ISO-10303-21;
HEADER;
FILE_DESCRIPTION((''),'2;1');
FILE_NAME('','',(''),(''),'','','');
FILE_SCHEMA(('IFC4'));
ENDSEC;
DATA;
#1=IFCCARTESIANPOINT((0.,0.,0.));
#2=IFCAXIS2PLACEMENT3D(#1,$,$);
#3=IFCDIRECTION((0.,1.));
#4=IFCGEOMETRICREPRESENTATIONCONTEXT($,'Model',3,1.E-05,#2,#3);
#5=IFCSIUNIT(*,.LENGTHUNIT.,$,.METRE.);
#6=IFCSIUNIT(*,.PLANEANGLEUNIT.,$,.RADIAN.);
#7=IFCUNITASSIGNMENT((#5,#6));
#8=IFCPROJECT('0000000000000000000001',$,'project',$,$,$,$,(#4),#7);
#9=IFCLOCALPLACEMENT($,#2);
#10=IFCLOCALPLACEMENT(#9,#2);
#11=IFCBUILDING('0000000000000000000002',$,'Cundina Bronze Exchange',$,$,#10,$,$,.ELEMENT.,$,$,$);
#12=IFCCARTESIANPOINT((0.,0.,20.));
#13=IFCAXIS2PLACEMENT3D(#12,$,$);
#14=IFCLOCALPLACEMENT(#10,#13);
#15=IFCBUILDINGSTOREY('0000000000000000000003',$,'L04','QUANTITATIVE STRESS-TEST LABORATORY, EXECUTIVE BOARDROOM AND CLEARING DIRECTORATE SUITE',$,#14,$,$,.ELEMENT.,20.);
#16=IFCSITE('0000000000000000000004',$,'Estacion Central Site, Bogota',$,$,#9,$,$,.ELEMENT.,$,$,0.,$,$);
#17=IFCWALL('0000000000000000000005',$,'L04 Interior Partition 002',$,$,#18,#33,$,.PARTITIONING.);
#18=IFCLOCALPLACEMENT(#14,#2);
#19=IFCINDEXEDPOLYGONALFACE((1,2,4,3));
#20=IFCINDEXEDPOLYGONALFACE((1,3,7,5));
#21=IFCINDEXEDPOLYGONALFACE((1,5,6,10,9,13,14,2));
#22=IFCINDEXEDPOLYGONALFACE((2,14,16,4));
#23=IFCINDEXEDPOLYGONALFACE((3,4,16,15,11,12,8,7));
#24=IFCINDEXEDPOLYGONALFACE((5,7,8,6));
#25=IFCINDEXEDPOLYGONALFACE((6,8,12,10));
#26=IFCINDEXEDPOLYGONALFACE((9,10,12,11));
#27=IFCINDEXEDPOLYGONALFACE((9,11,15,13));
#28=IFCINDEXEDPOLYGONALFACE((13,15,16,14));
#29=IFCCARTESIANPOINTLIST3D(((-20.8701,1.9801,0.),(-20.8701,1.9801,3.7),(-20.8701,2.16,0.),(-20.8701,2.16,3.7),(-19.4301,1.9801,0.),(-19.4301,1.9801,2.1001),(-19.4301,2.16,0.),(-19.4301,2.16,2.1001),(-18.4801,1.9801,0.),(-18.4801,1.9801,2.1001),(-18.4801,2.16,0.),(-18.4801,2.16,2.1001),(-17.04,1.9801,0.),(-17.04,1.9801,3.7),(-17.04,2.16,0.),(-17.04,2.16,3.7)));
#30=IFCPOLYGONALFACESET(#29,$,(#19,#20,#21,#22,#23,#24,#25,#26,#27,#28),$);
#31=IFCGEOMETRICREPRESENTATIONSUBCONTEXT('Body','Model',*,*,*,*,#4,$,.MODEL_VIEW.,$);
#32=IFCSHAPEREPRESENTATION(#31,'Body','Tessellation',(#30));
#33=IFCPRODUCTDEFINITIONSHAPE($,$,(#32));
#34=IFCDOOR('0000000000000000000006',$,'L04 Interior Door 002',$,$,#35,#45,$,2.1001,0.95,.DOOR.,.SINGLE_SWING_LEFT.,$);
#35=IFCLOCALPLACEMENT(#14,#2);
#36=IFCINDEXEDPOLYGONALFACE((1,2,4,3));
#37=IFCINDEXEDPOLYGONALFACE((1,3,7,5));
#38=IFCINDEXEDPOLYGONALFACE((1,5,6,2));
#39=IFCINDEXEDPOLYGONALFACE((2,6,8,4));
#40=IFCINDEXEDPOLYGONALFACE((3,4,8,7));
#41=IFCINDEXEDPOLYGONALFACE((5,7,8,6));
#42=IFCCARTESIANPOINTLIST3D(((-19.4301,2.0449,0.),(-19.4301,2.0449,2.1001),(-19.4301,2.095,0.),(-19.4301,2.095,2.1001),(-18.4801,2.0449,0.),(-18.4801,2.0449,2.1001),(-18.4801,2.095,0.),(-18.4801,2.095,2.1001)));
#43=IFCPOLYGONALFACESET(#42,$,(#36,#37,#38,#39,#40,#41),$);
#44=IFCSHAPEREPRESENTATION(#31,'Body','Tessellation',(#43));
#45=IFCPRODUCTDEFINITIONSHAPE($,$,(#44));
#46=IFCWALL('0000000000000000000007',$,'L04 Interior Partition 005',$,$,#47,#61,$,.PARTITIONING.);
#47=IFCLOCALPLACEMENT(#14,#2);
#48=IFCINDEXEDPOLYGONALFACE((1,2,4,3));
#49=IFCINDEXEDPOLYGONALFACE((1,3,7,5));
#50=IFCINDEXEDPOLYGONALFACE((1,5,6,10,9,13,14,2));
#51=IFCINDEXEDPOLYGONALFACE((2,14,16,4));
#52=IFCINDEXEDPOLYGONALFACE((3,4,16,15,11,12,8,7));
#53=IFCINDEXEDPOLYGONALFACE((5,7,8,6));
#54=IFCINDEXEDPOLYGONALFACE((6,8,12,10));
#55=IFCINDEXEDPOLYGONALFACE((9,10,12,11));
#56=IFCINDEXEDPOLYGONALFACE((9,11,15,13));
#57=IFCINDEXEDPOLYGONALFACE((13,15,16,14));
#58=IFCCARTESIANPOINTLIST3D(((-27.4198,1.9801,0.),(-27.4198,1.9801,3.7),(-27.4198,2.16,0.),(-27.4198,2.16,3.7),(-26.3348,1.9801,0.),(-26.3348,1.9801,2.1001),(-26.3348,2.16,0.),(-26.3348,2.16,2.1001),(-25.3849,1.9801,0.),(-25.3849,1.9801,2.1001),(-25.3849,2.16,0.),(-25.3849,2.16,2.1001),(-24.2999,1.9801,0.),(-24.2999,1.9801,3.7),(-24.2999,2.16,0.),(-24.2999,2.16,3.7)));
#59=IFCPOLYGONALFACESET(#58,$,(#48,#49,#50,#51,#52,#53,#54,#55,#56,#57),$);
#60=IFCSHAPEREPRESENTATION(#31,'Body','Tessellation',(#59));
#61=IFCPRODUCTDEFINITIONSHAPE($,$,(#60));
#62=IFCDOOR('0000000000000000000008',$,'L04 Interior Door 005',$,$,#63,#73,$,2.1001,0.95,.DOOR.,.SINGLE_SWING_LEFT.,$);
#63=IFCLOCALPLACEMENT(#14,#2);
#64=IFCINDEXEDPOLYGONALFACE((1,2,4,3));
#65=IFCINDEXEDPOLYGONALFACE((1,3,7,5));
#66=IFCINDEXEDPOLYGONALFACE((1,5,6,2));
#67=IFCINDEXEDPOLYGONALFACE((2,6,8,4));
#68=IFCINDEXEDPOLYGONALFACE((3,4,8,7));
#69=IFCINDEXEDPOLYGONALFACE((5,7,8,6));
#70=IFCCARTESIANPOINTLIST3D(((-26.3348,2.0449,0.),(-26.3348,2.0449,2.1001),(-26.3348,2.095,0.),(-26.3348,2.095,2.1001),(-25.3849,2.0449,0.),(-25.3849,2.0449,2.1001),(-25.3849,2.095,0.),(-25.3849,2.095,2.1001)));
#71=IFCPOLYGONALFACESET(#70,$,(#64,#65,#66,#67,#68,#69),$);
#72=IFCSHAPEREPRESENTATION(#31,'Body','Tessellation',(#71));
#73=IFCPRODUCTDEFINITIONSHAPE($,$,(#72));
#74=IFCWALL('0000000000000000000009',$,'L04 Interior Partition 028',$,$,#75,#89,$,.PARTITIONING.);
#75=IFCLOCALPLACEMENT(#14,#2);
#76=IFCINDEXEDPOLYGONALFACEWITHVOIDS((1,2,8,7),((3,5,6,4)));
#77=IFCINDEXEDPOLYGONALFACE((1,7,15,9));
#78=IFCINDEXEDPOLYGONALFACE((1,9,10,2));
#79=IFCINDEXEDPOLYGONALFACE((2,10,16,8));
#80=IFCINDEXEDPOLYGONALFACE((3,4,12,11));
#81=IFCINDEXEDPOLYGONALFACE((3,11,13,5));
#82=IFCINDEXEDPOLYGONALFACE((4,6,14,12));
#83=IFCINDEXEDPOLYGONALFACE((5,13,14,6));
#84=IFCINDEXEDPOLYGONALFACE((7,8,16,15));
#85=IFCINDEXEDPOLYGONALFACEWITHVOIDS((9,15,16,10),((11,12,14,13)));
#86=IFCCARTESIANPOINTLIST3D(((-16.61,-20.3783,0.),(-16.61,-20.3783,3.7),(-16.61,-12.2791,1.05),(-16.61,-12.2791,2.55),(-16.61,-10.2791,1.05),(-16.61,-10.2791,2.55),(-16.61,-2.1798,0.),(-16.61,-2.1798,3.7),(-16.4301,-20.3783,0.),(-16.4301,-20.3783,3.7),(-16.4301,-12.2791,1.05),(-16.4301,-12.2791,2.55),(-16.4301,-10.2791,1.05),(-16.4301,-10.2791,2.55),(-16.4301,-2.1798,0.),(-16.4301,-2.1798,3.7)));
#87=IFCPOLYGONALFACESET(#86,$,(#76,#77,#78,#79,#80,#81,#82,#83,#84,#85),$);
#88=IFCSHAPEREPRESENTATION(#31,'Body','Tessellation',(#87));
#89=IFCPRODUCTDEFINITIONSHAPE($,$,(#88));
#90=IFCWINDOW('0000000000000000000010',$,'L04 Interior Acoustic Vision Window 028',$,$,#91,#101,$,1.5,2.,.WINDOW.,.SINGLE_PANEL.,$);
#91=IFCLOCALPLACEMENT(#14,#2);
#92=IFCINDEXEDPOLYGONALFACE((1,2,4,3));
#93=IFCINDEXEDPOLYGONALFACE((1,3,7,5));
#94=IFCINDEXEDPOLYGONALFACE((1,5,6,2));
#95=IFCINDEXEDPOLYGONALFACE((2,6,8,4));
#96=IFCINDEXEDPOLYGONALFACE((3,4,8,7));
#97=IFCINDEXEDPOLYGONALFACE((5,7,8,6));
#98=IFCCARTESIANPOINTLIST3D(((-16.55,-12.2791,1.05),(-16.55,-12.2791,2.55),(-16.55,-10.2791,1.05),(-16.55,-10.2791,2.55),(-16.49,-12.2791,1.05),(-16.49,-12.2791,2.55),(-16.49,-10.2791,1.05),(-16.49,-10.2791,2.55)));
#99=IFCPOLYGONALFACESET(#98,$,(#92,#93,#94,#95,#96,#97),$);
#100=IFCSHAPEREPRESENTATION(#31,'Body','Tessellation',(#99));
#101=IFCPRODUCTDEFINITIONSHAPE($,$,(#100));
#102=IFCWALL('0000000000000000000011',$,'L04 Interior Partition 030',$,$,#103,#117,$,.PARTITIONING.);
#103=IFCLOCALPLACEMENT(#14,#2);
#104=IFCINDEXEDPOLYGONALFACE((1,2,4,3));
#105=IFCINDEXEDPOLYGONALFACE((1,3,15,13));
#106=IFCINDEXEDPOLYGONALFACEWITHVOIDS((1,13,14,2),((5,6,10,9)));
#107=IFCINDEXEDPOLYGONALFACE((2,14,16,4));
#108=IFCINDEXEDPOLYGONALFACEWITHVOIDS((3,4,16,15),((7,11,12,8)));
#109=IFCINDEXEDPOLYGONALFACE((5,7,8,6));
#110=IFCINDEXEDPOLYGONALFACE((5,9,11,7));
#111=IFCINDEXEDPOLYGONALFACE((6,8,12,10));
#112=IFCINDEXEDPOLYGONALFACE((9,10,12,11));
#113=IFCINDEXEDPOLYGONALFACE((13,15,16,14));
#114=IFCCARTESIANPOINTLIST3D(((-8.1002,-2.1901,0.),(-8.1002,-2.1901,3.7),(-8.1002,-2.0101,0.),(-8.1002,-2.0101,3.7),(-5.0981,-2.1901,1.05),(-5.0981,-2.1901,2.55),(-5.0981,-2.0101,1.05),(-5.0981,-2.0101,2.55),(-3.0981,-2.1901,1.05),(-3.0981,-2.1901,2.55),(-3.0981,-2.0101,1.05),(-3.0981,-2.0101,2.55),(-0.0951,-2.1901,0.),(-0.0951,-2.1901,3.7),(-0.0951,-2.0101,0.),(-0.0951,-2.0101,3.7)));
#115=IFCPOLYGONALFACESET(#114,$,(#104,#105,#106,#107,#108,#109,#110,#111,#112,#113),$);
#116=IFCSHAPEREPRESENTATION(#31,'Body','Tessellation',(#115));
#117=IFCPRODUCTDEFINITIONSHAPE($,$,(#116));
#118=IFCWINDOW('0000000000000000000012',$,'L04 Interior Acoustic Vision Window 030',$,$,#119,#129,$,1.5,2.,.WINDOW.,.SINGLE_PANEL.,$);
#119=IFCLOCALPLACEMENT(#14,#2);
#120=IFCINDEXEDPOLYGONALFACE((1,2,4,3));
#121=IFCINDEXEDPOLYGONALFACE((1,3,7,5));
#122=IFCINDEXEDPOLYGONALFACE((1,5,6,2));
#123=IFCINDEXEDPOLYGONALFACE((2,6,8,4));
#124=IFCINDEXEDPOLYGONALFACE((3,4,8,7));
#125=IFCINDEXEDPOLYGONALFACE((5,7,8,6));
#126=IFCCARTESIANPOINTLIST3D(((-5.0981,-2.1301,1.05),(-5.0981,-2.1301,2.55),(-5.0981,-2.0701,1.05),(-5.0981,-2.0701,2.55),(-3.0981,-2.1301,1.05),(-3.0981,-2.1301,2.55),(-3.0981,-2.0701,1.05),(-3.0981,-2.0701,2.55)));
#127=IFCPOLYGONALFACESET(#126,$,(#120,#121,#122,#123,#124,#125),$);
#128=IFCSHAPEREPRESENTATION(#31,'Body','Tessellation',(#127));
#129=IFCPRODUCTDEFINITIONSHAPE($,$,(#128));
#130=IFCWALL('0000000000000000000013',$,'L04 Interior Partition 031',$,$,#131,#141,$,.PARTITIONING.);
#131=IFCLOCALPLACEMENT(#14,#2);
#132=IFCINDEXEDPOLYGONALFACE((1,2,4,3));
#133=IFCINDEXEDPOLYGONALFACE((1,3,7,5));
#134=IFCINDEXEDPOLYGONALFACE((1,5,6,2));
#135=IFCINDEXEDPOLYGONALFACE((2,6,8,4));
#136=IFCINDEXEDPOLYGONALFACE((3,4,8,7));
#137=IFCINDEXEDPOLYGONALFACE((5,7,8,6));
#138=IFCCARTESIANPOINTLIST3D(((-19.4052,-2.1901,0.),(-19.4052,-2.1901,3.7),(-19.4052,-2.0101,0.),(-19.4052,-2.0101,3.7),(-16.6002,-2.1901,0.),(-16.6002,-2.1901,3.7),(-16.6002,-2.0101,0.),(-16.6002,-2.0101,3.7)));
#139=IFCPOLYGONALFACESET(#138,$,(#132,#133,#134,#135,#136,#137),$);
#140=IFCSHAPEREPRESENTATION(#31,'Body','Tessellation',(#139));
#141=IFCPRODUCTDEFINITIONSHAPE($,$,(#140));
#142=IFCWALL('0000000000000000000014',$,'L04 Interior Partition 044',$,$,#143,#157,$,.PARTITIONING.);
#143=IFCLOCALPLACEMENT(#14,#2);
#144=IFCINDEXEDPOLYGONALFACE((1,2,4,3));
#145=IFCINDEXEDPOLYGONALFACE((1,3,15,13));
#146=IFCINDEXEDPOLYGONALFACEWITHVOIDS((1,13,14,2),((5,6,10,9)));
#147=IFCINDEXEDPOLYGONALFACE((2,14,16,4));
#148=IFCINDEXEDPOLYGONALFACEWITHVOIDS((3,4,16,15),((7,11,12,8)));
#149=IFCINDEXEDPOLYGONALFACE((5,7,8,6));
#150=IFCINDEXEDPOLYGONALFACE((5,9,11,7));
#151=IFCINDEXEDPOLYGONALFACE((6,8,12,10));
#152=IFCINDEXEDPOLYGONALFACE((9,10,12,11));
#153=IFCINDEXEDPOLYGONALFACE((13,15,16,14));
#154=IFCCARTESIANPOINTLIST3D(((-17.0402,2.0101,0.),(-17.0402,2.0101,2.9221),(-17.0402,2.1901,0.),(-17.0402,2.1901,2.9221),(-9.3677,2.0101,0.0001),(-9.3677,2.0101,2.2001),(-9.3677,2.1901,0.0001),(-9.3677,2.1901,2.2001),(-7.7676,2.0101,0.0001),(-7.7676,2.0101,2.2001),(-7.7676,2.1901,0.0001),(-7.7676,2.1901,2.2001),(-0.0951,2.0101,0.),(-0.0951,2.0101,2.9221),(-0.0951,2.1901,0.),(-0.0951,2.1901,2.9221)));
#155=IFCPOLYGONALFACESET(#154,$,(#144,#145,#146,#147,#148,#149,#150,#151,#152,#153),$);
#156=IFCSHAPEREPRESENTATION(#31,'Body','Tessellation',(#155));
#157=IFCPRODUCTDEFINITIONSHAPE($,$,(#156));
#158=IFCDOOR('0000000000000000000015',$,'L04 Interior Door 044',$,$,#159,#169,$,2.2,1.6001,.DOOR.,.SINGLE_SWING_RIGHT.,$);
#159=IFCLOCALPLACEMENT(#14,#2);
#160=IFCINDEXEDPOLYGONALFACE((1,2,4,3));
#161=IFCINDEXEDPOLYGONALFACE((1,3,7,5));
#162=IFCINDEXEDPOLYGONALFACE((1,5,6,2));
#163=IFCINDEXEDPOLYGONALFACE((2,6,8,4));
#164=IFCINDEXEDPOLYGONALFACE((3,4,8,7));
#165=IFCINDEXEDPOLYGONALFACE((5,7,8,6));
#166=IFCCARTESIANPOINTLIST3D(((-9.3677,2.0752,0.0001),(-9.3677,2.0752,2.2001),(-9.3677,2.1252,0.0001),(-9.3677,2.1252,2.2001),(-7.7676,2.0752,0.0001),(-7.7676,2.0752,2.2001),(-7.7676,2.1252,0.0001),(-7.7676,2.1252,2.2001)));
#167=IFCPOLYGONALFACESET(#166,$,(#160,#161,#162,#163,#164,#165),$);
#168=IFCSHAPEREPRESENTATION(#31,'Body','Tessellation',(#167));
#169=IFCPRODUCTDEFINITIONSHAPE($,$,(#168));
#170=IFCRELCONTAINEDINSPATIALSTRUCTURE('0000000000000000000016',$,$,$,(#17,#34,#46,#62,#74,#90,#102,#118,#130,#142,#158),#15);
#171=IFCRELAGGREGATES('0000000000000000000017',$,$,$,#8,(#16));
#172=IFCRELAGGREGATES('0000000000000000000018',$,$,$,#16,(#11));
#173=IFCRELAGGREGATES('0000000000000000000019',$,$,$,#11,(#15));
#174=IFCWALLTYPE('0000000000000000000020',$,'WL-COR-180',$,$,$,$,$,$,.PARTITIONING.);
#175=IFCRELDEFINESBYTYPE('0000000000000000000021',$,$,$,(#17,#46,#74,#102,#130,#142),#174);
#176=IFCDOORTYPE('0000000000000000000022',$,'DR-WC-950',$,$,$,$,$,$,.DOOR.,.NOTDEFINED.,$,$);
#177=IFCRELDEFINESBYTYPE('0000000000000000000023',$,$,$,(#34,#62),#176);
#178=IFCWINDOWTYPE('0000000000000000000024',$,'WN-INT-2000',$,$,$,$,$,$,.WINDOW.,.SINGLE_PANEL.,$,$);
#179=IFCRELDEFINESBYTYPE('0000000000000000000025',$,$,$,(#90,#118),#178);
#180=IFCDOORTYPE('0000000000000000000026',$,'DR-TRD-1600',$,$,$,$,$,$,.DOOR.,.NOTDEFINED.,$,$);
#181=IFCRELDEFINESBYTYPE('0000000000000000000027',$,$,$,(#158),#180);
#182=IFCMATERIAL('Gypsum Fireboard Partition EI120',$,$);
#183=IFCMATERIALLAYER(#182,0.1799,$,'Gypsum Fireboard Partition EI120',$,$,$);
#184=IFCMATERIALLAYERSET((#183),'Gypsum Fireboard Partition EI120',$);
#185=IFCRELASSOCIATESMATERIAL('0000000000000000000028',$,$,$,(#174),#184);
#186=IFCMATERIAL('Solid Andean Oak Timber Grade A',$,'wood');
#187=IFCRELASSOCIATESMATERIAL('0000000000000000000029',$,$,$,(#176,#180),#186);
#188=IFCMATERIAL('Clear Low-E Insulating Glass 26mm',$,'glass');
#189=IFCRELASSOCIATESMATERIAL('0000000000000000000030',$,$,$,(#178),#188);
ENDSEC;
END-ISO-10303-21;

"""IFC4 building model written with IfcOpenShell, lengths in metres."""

from ifc_helpers import new_model, si_unit, direction, frame, frame_2d, origin, place, context, subcontext, project, spatial, rectangle, extrude, material, layer, layer_set, type_object, element, fill, save


model = new_model("IFC4")

# Units and contexts
model_context = context("Model", 3, precision=1e-05, world=origin(), true_north=direction((0.0, 1.0)))
body_context = subcontext(model_context, "Body", "Model", "MODEL_VIEW")
ifc_project = project(units=[si_unit("LENGTHUNIT", "METRE"), si_unit("PLANEANGLEUNIT", "RADIAN")], contexts=[model_context])

# Site, building, storey
site_placement = place(None, origin())
site = spatial("IfcSite", under=ifc_project, at=site_placement, Name="Estacion Central Site, Bogota", CompositionType="ELEMENT", RefElevation=0.0)
building_placement = place(site_placement, origin())
building = spatial("IfcBuilding", under=site, at=building_placement, Name="Cundina Bronze Exchange", CompositionType="ELEMENT")
storey_placement = place(building_placement, frame((0.0, 0.0, 20.0)))
storey = spatial("IfcBuildingStorey", under=building, at=storey_placement, Name="L04", Description="QUANTITATIVE STRESS-TEST LABORATORY, EXECUTIVE BOARDROOM AND CLEARING DIRECTORATE SUITE", CompositionType="ELEMENT", Elevation=20.0)

# Shared definitions
ifc_material_1 = material(Name="Gypsum Fireboard Partition EI120")
ifc_layer_1 = layer(ifc_material_1, 0.1799, Name="Gypsum Fireboard Partition EI120")
ifc_layer_set_1 = layer_set([ifc_layer_1], Name="Gypsum Fireboard Partition EI120")
wall_type_1 = type_object("IfcWallType", Name="WL-COR-180", PredefinedType="PARTITIONING", material=ifc_layer_set_1)

# Walls, openings, doors
wall_1_placement = place(storey_placement, frame((-20.8701, 2.0701, 0.0), z_axis=(0.0, 0.0, 1.0), x_axis=(1.0, 0.0, 0.0)))
wall_1 = element("IfcWall", 1, at=wall_1_placement, inside=storey, type_object=wall_type_1, Name="L04 Interior Partition 002", PredefinedType="PARTITIONING", context=body_context, shape_type="SweptSolid", body=[
    extrude(rectangle(XDim=3.8301, YDim=0.1799, at=frame_2d((1.915, 0.0))), origin(), (0.0, 0.0, 1.0), 3.7),
])
opening_1_placement = place(wall_1_placement, frame((1.4399, 0.0, 0.0)))
opening_1 = element("IfcOpeningElement", 2, at=opening_1_placement, cuts=wall_1, PredefinedType="OPENING", context=body_context, shape_type="SweptSolid", body=[
    extrude(rectangle(XDim=0.95, YDim=2.1001, at=frame_2d((0.4751, 1.05))), frame((0.0, 0.0999, 0.0), z_axis=(0.0, -1.0, 0.0), x_axis=(1.0, 0.0, 0.0)), (0.0, 0.0, 1.0), 0.2),
])
ifc_material_2 = material(Name="Solid Andean Oak Timber Grade A", Category="wood")
door_type_1 = type_object("IfcDoorType", Name="DR-WC-950", OperationType="NOTDEFINED", PredefinedType="DOOR", material=ifc_material_2)
door_1_placement = place(opening_1_placement, origin())
door_1 = element("IfcDoor", 3, at=door_1_placement, inside=storey, type_object=door_type_1, Name="L04 Interior Door 002", OperationType="SINGLE_SWING_LEFT", OverallHeight=2.1001, OverallWidth=0.95, PredefinedType="DOOR", context=body_context, shape_type="SweptSolid", body=[
    extrude(rectangle(XDim=0.95, YDim=2.1001, at=frame_2d((0.4751, 1.05))), frame((0.0, 0.0249, 0.0), z_axis=(0.0, -1.0, 0.0), x_axis=(1.0, 0.0, 0.0)), (0.0, 0.0, 1.0), 0.05),
])
fill(opening_1, door_1)
wall_2_placement = place(storey_placement, frame((-27.4199, 2.0701, 0.0), z_axis=(0.0, 0.0, 1.0), x_axis=(1.0, 0.0, 0.0)))
wall_2 = element("IfcWall", 4, at=wall_2_placement, inside=storey, type_object=wall_type_1, Name="L04 Interior Partition 005", PredefinedType="PARTITIONING", context=body_context, shape_type="SweptSolid", body=[
    extrude(rectangle(XDim=3.1199, YDim=0.1799, at=frame_2d((1.5601, 0.0))), origin(), (0.0, 0.0, 1.0), 3.7),
])
opening_2_placement = place(wall_2_placement, frame((1.085, 0.0, 0.0)))
opening_2 = element("IfcOpeningElement", 5, at=opening_2_placement, cuts=wall_2, PredefinedType="OPENING", context=body_context, shape_type="SweptSolid", body=[
    extrude(rectangle(XDim=0.95, YDim=2.1001, at=frame_2d((0.4751, 1.05))), frame((0.0, 0.0999, 0.0), z_axis=(0.0, -1.0, 0.0), x_axis=(1.0, 0.0, 0.0)), (0.0, 0.0, 1.0), 0.2),
])
door_2_placement = place(opening_2_placement, origin())
door_2 = element("IfcDoor", 6, at=door_2_placement, inside=storey, type_object=door_type_1, Name="L04 Interior Door 005", OperationType="SINGLE_SWING_LEFT", OverallHeight=2.1001, OverallWidth=0.95, PredefinedType="DOOR", context=body_context, shape_type="SweptSolid", body=[
    extrude(rectangle(XDim=0.95, YDim=2.1001, at=frame_2d((0.4751, 1.05))), frame((0.0, 0.0249, 0.0), z_axis=(0.0, -1.0, 0.0), x_axis=(1.0, 0.0, 0.0)), (0.0, 0.0, 1.0), 0.05),
])
fill(opening_2, door_2)

# Walls, openings, windows
wall_3_placement = place(storey_placement, frame((-16.52, -2.1799, 0.0), z_axis=(0.0, 0.0, 1.0), x_axis=(0.0, -1.0, 0.0)))
wall_3 = element("IfcWall", 7, at=wall_3_placement, inside=storey, type_object=wall_type_1, Name="L04 Interior Partition 028", PredefinedType="PARTITIONING", context=body_context, shape_type="SweptSolid", body=[
    extrude(rectangle(XDim=18.1985, YDim=0.1799, at=frame_2d((9.0991, 0.0))), origin(), (0.0, 0.0, 1.0), 3.7),
])
opening_3_placement = place(wall_3_placement, frame((8.0991, 0.0, 1.05)))
opening_3 = element("IfcOpeningElement", 8, at=opening_3_placement, cuts=wall_3, PredefinedType="OPENING", context=body_context, shape_type="SweptSolid", body=[
    extrude(rectangle(XDim=2.0, YDim=1.5, at=frame_2d((1.0, 0.75))), frame((0.0, 0.0999, 0.0), z_axis=(0.0, -1.0, 0.0), x_axis=(1.0, 0.0, 0.0)), (0.0, 0.0, 1.0), 0.2),
])
ifc_material_3 = material(Name="Clear Low-E Insulating Glass 26mm", Category="glass")
window_type = type_object("IfcWindowType", Name="WN-INT-2000", PartitioningType="SINGLE_PANEL", PredefinedType="WINDOW", material=ifc_material_3)
window_1_placement = place(opening_3_placement, origin())
window_1 = element("IfcWindow", 9, at=window_1_placement, inside=storey, type_object=window_type, Name="L04 Interior Acoustic Vision Window 028", OverallHeight=1.5, OverallWidth=2.0, PartitioningType="SINGLE_PANEL", PredefinedType="WINDOW", context=body_context, shape_type="SweptSolid", body=[
    extrude(rectangle(XDim=2.0, YDim=1.5, at=frame_2d((1.0, 0.75))), frame((0.0, 0.03, 0.0), z_axis=(0.0, -1.0, 0.0), x_axis=(1.0, 0.0, 0.0)), (0.0, 0.0, 1.0), 0.0601),
])
fill(opening_3, window_1)
wall_4_placement = place(storey_placement, frame((-8.1001, -2.1001, 0.0), z_axis=(0.0, 0.0, 1.0), x_axis=(1.0, 0.0, 0.0)))
wall_4 = element("IfcWall", 10, at=wall_4_placement, inside=storey, type_object=wall_type_1, Name="L04 Interior Partition 030", PredefinedType="PARTITIONING", context=body_context, shape_type="SweptSolid", body=[
    extrude(rectangle(XDim=8.0051, YDim=0.1799, at=frame_2d((4.0024, 0.0))), origin(), (0.0, 0.0, 1.0), 3.7),
])
opening_4_placement = place(wall_4_placement, frame((3.002, 0.0, 1.05)))
opening_4 = element("IfcOpeningElement", 11, at=opening_4_placement, cuts=wall_4, PredefinedType="OPENING", context=body_context, shape_type="SweptSolid", body=[
    extrude(rectangle(XDim=2.0, YDim=1.5, at=frame_2d((1.0, 0.75))), frame((0.0, 0.0999, 0.0), z_axis=(0.0, -1.0, 0.0), x_axis=(1.0, 0.0, 0.0)), (0.0, 0.0, 1.0), 0.2),
])
window_2_placement = place(opening_4_placement, origin())
window_2 = element("IfcWindow", 12, at=window_2_placement, inside=storey, type_object=window_type, Name="L04 Interior Acoustic Vision Window 030", OverallHeight=1.5, OverallWidth=2.0, PartitioningType="SINGLE_PANEL", PredefinedType="WINDOW", context=body_context, shape_type="SweptSolid", body=[
    extrude(rectangle(XDim=2.0, YDim=1.5, at=frame_2d((1.0, 0.75))), frame((0.0, 0.03, 0.0), z_axis=(0.0, -1.0, 0.0), x_axis=(1.0, 0.0, 0.0)), (0.0, 0.0, 1.0), 0.0601),
])
fill(opening_4, window_2)

# Wall
wall_5_placement = place(storey_placement, frame((-19.405, -2.1001, 0.0), z_axis=(0.0, 0.0, 1.0), x_axis=(1.0, 0.0, 0.0)))
element("IfcWall", 13, at=wall_5_placement, inside=storey, type_object=wall_type_1, Name="L04 Interior Partition 031", PredefinedType="PARTITIONING", context=body_context, shape_type="SweptSolid", body=[
    extrude(rectangle(XDim=2.8049, YDim=0.1799, at=frame_2d((1.4023, 0.0))), origin(), (0.0, 0.0, 1.0), 3.7),
])

# Wall, opening, door
wall_6_placement = place(storey_placement, frame((-0.095, 2.1001, 0.0), z_axis=(0.0, 0.0, 1.0), x_axis=(-1.0, 0.0, 0.0)))
wall_6 = element("IfcWall", 14, at=wall_6_placement, inside=storey, type_object=wall_type_1, Name="L04 Interior Partition 044", PredefinedType="PARTITIONING", context=body_context, shape_type="SweptSolid", body=[
    extrude(rectangle(XDim=16.9451, YDim=0.1799, at=frame_2d((8.4727, 0.0))), origin(), (0.0, 0.0, 1.0), 2.9221),
])
opening_5_placement = place(wall_6_placement, frame((7.6726, 0.0, 0.0)))
opening_5 = element("IfcOpeningElement", 15, at=opening_5_placement, cuts=wall_6, PredefinedType="OPENING", context=body_context, shape_type="SweptSolid", body=[
    extrude(rectangle(XDim=1.6001, YDim=2.2, at=frame_2d((0.8, 1.1001))), frame((0.0, 0.0999, 0.0), z_axis=(0.0, -1.0, 0.0), x_axis=(1.0, 0.0, 0.0)), (0.0, 0.0, 1.0), 0.2),
])
door_type_2 = type_object("IfcDoorType", Name="DR-TRD-1600", OperationType="NOTDEFINED", PredefinedType="DOOR", material=ifc_material_2)
door_3_placement = place(opening_5_placement, origin())
door_3 = element("IfcDoor", 16, at=door_3_placement, inside=storey, type_object=door_type_2, Name="L04 Interior Door 044", OperationType="SINGLE_SWING_RIGHT", OverallHeight=2.2, OverallWidth=1.6001, PredefinedType="DOOR", context=body_context, shape_type="SweptSolid", body=[
    extrude(rectangle(XDim=1.6001, YDim=2.2, at=frame_2d((0.8, 1.1001))), frame((0.0, 0.0249, 0.0), z_axis=(0.0, -1.0, 0.0), x_axis=(1.0, 0.0, 0.0)), (0.0, 0.0, 1.0), 0.05),
])
fill(opening_5, door_3)

save(model, "model.ifc")
